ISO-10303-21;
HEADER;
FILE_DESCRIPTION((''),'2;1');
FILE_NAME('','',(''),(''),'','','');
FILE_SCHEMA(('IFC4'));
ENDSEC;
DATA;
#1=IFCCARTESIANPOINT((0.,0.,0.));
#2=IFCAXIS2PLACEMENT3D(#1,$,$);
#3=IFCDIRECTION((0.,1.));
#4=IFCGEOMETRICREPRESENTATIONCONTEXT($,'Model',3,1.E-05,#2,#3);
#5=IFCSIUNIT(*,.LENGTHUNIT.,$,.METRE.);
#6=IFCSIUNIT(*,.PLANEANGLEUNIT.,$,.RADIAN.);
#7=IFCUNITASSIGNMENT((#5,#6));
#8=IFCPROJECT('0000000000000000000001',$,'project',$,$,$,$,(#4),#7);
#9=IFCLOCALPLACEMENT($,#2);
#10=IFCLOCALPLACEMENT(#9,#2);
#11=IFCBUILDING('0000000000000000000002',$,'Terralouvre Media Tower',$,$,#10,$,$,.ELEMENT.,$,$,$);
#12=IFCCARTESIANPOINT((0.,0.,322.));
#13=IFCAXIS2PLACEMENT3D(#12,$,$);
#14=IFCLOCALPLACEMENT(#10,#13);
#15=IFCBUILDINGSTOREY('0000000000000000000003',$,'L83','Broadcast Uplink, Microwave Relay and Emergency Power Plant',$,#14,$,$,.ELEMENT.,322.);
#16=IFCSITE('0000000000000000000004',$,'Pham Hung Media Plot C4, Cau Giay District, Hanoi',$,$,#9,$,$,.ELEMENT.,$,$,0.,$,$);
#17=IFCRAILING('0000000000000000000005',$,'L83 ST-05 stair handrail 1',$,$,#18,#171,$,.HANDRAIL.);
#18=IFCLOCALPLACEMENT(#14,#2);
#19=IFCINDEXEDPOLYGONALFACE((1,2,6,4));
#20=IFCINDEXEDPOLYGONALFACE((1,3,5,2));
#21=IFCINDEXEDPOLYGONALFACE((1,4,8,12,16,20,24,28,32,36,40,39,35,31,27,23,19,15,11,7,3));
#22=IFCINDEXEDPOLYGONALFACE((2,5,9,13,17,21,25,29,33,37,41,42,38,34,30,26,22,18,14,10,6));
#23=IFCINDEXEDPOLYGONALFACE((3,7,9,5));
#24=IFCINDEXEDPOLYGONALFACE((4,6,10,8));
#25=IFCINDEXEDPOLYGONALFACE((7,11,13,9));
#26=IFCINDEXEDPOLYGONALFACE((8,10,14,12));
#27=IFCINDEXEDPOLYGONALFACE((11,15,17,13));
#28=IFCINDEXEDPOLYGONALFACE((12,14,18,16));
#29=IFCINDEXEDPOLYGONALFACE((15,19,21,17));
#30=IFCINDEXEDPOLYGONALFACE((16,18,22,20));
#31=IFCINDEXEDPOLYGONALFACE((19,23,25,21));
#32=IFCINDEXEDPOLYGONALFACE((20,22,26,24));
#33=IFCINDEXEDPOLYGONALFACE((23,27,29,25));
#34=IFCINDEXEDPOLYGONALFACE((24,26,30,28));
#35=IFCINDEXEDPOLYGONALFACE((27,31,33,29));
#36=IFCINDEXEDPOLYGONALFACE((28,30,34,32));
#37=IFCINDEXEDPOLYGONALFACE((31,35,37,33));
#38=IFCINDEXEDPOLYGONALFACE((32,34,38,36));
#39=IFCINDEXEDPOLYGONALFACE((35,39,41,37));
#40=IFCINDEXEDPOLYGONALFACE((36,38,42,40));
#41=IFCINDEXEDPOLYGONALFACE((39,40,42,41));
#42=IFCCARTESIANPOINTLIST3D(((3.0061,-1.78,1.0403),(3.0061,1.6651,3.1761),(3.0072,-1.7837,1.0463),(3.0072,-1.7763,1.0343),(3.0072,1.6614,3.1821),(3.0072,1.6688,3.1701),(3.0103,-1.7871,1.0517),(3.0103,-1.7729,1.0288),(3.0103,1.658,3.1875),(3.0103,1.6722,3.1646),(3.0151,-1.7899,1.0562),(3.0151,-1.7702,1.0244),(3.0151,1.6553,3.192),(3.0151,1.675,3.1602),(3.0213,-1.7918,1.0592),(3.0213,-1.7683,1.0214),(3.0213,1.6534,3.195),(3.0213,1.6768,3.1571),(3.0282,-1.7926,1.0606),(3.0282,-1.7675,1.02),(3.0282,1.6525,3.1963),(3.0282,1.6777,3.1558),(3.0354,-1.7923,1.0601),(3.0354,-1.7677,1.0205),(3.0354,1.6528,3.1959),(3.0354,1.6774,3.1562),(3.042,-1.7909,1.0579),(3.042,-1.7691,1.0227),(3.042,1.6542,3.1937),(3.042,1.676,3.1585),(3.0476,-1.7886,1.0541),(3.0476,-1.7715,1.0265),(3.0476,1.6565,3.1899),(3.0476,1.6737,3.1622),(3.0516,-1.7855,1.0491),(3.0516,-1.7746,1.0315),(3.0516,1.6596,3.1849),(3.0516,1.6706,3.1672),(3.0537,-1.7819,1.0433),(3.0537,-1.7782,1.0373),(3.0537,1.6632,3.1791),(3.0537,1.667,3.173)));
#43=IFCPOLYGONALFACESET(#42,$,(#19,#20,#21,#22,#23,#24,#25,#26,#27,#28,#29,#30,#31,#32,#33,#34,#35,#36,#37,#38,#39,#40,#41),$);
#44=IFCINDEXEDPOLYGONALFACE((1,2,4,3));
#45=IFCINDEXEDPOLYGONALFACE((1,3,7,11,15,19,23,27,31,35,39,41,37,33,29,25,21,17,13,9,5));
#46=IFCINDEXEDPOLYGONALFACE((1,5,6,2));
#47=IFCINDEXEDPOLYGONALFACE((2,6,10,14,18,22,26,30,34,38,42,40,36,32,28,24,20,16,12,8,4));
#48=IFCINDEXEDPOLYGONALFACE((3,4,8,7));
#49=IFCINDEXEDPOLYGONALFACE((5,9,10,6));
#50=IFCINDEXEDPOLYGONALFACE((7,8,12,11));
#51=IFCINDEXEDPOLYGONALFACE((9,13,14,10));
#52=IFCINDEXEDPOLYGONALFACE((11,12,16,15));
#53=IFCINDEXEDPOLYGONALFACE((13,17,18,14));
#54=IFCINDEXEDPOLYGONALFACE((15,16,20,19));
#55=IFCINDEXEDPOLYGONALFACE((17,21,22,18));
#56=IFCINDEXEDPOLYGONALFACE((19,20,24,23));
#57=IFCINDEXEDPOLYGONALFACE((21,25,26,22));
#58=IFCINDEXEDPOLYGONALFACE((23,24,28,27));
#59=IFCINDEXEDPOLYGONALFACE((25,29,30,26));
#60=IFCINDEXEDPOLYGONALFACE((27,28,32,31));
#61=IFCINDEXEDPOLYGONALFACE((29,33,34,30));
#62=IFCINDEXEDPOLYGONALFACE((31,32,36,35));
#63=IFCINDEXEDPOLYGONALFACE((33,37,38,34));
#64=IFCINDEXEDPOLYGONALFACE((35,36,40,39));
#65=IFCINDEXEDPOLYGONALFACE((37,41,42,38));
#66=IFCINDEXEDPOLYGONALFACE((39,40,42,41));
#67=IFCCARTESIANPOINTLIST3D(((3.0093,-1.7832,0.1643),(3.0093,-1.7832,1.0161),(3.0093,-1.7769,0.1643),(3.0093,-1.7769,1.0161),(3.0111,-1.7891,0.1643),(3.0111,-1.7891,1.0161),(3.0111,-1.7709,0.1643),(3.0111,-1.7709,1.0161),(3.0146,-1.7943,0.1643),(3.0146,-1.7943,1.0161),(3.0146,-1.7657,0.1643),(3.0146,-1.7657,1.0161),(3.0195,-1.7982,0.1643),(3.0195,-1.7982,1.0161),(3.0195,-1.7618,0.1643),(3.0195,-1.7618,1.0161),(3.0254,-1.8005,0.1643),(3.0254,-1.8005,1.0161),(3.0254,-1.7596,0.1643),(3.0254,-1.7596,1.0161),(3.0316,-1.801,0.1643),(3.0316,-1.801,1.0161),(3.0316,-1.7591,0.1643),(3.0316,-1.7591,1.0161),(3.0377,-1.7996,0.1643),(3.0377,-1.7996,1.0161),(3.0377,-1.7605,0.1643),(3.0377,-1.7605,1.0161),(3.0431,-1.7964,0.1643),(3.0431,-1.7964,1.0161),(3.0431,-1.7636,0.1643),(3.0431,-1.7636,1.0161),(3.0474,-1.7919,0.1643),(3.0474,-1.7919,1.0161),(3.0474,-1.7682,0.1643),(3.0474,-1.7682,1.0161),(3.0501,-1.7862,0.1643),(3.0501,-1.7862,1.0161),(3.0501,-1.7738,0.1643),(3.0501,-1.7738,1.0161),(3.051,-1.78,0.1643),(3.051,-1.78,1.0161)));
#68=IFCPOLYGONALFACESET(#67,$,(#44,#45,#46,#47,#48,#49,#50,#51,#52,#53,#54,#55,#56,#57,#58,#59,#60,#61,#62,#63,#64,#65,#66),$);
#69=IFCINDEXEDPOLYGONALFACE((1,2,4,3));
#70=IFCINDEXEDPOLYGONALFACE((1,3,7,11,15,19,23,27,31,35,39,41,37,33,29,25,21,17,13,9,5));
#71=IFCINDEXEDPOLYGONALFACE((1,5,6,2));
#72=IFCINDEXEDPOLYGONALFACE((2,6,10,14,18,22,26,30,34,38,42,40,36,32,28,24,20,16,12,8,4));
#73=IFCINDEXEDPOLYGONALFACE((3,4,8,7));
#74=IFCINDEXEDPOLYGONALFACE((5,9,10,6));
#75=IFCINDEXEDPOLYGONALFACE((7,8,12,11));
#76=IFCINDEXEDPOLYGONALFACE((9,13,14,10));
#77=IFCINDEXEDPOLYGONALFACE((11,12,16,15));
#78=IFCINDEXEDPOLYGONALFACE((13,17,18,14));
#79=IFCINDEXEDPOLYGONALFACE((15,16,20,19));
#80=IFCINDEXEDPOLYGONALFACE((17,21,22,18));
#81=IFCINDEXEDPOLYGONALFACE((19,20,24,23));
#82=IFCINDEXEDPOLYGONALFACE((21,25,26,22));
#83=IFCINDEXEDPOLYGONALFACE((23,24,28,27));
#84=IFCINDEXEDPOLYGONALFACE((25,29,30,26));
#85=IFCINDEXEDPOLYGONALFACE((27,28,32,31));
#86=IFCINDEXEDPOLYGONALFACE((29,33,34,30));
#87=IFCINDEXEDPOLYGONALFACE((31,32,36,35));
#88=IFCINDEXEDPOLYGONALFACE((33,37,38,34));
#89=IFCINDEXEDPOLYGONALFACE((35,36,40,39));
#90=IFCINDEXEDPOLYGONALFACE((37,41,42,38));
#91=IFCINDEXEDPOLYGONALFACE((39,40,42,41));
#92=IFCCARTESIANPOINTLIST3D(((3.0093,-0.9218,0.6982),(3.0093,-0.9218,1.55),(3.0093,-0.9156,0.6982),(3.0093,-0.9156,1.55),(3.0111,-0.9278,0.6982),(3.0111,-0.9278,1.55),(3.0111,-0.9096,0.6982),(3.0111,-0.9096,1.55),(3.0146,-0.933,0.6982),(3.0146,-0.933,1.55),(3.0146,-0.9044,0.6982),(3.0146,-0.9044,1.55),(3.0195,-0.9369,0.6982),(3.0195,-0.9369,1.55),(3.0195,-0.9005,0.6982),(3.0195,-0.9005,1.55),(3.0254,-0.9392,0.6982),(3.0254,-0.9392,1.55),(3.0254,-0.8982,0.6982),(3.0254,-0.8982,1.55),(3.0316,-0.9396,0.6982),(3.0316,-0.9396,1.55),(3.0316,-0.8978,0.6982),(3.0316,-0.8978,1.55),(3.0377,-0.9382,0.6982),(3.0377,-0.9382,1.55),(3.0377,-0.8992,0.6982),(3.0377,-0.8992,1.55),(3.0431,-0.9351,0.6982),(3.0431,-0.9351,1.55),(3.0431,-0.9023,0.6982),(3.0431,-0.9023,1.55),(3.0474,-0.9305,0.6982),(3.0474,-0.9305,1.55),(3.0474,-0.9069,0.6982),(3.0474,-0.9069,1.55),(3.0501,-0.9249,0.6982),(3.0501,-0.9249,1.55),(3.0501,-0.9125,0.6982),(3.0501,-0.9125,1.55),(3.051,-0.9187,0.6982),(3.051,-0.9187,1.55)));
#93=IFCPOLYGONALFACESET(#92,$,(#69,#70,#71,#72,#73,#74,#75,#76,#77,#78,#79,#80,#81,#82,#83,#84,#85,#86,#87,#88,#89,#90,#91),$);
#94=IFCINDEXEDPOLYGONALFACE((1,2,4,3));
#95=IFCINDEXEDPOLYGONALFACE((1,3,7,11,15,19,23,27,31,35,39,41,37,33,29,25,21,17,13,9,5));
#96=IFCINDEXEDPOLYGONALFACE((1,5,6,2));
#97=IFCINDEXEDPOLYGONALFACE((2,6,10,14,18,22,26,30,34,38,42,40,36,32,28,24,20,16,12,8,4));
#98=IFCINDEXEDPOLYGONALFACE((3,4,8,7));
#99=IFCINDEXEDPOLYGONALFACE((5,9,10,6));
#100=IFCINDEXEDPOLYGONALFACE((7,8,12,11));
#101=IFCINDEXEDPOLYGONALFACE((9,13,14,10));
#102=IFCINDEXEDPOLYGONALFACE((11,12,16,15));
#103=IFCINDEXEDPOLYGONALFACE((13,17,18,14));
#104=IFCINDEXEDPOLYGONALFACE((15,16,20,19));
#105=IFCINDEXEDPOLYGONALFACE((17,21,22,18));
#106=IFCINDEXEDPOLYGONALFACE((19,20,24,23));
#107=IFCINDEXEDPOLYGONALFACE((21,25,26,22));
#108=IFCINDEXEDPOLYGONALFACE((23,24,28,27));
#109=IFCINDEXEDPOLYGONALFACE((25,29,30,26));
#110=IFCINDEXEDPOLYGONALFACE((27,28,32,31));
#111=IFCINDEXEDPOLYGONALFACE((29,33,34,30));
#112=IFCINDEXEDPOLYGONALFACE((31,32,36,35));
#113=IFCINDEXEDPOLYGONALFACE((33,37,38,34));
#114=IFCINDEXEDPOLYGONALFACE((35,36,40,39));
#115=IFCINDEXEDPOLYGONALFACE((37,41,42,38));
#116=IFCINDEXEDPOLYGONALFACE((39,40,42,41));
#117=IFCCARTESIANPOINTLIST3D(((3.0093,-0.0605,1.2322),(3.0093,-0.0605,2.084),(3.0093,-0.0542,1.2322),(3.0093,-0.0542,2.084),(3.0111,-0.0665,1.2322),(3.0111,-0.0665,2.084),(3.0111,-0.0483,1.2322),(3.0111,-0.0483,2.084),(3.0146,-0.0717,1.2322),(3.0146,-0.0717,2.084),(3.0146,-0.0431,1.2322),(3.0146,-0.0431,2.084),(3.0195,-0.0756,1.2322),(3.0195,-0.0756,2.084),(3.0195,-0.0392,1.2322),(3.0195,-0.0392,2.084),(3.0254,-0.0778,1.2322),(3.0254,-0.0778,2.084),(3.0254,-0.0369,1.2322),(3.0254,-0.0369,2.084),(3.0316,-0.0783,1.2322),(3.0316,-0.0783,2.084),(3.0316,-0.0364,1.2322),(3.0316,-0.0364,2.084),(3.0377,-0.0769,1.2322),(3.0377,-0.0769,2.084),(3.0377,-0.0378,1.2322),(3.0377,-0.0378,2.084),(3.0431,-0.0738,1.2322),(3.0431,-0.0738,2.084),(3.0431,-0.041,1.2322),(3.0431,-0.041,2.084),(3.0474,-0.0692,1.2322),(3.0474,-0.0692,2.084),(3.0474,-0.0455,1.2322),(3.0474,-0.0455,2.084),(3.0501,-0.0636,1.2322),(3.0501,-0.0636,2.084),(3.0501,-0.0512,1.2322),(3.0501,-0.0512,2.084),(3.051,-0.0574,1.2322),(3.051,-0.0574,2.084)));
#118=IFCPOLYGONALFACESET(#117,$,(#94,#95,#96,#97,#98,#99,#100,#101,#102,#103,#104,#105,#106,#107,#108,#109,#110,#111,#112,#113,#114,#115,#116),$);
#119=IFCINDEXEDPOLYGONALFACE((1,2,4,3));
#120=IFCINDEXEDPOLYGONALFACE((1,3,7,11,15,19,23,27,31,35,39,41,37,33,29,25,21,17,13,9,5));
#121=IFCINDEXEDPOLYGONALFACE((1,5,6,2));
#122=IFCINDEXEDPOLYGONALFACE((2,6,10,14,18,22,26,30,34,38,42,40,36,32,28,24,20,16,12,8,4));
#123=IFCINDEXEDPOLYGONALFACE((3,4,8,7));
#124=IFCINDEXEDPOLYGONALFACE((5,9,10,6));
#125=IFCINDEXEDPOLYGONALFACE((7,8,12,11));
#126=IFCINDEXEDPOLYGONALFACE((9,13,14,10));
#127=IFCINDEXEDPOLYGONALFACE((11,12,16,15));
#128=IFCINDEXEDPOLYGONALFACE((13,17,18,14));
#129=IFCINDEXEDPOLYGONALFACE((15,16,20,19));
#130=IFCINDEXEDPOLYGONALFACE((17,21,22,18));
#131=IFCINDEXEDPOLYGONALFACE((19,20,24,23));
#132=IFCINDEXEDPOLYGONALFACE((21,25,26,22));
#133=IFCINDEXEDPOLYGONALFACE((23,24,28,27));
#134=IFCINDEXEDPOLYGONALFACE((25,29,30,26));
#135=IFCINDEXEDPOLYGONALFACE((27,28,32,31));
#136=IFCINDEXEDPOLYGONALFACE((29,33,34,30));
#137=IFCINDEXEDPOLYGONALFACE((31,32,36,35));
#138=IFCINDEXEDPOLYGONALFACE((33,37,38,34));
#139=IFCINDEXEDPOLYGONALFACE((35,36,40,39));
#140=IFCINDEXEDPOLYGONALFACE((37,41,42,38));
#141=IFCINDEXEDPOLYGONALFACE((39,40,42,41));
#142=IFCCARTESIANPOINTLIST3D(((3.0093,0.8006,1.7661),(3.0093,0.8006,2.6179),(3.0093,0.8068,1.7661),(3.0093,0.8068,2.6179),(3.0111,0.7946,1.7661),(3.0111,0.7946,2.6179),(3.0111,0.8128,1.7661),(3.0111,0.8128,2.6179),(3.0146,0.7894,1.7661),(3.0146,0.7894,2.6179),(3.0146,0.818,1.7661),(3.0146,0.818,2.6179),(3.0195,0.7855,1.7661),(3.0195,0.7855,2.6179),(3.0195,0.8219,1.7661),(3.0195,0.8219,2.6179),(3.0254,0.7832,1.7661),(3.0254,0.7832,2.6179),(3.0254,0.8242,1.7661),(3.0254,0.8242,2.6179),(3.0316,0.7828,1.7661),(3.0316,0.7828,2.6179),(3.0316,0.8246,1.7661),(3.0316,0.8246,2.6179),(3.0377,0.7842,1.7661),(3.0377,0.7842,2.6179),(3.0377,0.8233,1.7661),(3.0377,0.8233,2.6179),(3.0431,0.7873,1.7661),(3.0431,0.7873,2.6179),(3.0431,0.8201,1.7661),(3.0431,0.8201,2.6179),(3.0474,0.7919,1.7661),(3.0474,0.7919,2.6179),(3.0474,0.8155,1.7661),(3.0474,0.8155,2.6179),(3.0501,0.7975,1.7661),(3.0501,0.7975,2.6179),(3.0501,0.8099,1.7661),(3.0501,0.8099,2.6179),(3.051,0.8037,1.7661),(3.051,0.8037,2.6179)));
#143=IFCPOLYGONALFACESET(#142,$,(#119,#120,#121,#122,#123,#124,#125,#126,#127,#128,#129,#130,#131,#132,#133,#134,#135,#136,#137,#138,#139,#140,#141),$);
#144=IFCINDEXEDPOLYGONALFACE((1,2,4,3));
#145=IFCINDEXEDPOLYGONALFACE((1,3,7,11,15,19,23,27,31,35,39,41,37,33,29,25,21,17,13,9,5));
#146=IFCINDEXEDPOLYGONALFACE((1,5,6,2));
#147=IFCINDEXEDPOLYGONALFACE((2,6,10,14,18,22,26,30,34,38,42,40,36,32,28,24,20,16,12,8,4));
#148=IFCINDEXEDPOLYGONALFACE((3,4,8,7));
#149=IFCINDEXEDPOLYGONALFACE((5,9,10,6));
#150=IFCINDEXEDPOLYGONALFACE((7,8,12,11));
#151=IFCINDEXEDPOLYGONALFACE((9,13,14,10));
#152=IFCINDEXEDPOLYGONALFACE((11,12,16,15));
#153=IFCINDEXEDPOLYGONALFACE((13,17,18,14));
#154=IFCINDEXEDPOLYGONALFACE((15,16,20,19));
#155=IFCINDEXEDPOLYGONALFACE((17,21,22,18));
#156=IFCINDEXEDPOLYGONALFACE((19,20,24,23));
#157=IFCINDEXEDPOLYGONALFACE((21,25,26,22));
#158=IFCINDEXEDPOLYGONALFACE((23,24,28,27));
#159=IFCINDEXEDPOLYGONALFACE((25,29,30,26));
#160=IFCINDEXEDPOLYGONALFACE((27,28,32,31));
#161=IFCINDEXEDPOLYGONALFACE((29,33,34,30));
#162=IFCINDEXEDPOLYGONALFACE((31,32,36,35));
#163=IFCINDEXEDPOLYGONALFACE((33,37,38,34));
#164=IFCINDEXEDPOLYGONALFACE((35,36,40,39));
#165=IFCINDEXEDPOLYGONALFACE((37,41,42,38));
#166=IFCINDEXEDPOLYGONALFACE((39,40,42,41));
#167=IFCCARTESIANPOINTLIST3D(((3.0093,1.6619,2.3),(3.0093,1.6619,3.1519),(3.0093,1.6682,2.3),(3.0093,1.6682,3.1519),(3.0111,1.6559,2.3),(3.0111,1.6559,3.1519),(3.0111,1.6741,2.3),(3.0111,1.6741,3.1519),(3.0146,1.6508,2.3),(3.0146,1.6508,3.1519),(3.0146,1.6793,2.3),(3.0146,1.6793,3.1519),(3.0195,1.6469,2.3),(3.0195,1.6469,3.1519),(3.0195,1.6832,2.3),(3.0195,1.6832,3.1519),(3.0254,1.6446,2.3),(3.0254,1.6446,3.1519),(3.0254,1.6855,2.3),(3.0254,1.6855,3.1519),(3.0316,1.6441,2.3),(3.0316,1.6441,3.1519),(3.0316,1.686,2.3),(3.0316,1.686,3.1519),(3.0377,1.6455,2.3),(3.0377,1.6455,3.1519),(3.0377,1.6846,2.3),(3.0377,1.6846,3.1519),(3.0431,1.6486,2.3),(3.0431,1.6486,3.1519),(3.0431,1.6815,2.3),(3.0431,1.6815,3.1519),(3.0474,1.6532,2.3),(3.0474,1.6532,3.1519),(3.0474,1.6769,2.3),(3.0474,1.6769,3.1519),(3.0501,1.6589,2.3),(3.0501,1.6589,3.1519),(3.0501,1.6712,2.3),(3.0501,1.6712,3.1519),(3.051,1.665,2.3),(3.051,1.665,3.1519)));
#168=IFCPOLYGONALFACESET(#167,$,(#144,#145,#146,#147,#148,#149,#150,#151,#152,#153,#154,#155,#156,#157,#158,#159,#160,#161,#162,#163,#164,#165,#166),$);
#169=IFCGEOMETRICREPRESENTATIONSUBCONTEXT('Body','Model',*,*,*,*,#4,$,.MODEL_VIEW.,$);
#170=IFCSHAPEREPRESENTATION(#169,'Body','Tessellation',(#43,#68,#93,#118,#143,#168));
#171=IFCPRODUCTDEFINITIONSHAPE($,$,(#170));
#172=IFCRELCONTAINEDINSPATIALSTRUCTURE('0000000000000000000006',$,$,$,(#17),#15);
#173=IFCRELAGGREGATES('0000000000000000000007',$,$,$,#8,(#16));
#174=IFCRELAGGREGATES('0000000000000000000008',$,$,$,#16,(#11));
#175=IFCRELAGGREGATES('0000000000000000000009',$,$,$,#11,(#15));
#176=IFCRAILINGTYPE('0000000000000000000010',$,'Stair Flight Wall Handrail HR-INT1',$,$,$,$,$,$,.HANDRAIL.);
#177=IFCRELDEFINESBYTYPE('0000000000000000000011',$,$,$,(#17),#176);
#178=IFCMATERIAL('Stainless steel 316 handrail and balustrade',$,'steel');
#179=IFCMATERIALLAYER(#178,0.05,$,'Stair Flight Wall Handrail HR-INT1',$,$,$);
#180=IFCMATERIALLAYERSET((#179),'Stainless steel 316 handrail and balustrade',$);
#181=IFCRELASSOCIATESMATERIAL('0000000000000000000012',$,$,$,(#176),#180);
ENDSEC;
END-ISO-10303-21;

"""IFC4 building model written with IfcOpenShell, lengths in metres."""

from ifc_helpers import new_model, si_unit, direction, frame, origin, origin_2d, place, context, subcontext, project, spatial, circle, extrude, material, layer, layer_set, type_object, element, save


model = new_model("IFC4")

# Units and contexts
model_context = context("Model", 3, precision=1e-05, world=origin(), true_north=direction((0.0, 1.0)))
body_context = subcontext(model_context, "Body", "Model", "MODEL_VIEW")
ifc_project = project(units=[si_unit("LENGTHUNIT", "METRE"), si_unit("PLANEANGLEUNIT", "RADIAN")], contexts=[model_context])

# Site, building, storey
site_placement = place(None, origin())
site = spatial("IfcSite", under=ifc_project, at=site_placement, Name="Pham Hung Media Plot C4, Cau Giay District, Hanoi", CompositionType="ELEMENT", RefElevation=0.0)
building_placement = place(site_placement, origin())
building = spatial("IfcBuilding", under=site, at=building_placement, Name="Terralouvre Media Tower", CompositionType="ELEMENT")
storey_placement = place(building_placement, frame((0.0, 0.0, 322.0)))
storey = spatial("IfcBuildingStorey", under=building, at=storey_placement, Name="L83", Description="Broadcast Uplink, Microwave Relay and Emergency Power Plant", CompositionType="ELEMENT", Elevation=322.0)

# Railing
ifc_material_1 = material(Name="Stainless steel 316 handrail and balustrade", Category="steel")
ifc_layer_1 = layer(ifc_material_1, 0.05, Name="Stair Flight Wall Handrail HR-INT1")
ifc_layer_set_1 = layer_set([ifc_layer_1], Name="Stainless steel 316 handrail and balustrade")
railing_type_1 = type_object("IfcRailingType", Name="Stair Flight Wall Handrail HR-INT1", PredefinedType="HANDRAIL", material=ifc_layer_set_1)
railing_1_placement = place(storey_placement, frame((3.03, -1.78, 0.1643)))
element("IfcRailing", 1, at=railing_1_placement, inside=storey, type_object=railing_type_1, Name="L83 ST-05 stair handrail 1", PredefinedType="HANDRAIL", context=body_context, shape_type="SweptSolid", body=[
    extrude(circle(Radius=0.0239, at=origin_2d()), frame((0.0, 0.0, 0.876), z_axis=(0.0, 0.849925, 0.526904), x_axis=(-1.0, 0.0, 0.0)), (0.0, 0.0, 1.0), 4.0535),
    extrude(circle(Radius=0.021, at=origin_2d()), origin(), (0.0, 0.0, 1.0), 0.8518),
    extrude(circle(Radius=0.021, at=origin_2d()), frame((0.0, 0.8613, 0.5339)), (0.0, 0.0, 1.0), 0.8518),
    extrude(circle(Radius=0.021, at=origin_2d()), frame((0.0, 1.7227, 1.0679)), (0.0, 0.0, 1.0), 0.8518),
    extrude(circle(Radius=0.021, at=origin_2d()), frame((0.0, 2.5837, 1.6018)), (0.0, 0.0, 1.0), 0.8518),
    extrude(circle(Radius=0.021, at=origin_2d()), frame((0.0, 3.4451, 2.1357)), (0.0, 0.0, 1.0), 0.8518),
])

save(model, "model.ifc")
